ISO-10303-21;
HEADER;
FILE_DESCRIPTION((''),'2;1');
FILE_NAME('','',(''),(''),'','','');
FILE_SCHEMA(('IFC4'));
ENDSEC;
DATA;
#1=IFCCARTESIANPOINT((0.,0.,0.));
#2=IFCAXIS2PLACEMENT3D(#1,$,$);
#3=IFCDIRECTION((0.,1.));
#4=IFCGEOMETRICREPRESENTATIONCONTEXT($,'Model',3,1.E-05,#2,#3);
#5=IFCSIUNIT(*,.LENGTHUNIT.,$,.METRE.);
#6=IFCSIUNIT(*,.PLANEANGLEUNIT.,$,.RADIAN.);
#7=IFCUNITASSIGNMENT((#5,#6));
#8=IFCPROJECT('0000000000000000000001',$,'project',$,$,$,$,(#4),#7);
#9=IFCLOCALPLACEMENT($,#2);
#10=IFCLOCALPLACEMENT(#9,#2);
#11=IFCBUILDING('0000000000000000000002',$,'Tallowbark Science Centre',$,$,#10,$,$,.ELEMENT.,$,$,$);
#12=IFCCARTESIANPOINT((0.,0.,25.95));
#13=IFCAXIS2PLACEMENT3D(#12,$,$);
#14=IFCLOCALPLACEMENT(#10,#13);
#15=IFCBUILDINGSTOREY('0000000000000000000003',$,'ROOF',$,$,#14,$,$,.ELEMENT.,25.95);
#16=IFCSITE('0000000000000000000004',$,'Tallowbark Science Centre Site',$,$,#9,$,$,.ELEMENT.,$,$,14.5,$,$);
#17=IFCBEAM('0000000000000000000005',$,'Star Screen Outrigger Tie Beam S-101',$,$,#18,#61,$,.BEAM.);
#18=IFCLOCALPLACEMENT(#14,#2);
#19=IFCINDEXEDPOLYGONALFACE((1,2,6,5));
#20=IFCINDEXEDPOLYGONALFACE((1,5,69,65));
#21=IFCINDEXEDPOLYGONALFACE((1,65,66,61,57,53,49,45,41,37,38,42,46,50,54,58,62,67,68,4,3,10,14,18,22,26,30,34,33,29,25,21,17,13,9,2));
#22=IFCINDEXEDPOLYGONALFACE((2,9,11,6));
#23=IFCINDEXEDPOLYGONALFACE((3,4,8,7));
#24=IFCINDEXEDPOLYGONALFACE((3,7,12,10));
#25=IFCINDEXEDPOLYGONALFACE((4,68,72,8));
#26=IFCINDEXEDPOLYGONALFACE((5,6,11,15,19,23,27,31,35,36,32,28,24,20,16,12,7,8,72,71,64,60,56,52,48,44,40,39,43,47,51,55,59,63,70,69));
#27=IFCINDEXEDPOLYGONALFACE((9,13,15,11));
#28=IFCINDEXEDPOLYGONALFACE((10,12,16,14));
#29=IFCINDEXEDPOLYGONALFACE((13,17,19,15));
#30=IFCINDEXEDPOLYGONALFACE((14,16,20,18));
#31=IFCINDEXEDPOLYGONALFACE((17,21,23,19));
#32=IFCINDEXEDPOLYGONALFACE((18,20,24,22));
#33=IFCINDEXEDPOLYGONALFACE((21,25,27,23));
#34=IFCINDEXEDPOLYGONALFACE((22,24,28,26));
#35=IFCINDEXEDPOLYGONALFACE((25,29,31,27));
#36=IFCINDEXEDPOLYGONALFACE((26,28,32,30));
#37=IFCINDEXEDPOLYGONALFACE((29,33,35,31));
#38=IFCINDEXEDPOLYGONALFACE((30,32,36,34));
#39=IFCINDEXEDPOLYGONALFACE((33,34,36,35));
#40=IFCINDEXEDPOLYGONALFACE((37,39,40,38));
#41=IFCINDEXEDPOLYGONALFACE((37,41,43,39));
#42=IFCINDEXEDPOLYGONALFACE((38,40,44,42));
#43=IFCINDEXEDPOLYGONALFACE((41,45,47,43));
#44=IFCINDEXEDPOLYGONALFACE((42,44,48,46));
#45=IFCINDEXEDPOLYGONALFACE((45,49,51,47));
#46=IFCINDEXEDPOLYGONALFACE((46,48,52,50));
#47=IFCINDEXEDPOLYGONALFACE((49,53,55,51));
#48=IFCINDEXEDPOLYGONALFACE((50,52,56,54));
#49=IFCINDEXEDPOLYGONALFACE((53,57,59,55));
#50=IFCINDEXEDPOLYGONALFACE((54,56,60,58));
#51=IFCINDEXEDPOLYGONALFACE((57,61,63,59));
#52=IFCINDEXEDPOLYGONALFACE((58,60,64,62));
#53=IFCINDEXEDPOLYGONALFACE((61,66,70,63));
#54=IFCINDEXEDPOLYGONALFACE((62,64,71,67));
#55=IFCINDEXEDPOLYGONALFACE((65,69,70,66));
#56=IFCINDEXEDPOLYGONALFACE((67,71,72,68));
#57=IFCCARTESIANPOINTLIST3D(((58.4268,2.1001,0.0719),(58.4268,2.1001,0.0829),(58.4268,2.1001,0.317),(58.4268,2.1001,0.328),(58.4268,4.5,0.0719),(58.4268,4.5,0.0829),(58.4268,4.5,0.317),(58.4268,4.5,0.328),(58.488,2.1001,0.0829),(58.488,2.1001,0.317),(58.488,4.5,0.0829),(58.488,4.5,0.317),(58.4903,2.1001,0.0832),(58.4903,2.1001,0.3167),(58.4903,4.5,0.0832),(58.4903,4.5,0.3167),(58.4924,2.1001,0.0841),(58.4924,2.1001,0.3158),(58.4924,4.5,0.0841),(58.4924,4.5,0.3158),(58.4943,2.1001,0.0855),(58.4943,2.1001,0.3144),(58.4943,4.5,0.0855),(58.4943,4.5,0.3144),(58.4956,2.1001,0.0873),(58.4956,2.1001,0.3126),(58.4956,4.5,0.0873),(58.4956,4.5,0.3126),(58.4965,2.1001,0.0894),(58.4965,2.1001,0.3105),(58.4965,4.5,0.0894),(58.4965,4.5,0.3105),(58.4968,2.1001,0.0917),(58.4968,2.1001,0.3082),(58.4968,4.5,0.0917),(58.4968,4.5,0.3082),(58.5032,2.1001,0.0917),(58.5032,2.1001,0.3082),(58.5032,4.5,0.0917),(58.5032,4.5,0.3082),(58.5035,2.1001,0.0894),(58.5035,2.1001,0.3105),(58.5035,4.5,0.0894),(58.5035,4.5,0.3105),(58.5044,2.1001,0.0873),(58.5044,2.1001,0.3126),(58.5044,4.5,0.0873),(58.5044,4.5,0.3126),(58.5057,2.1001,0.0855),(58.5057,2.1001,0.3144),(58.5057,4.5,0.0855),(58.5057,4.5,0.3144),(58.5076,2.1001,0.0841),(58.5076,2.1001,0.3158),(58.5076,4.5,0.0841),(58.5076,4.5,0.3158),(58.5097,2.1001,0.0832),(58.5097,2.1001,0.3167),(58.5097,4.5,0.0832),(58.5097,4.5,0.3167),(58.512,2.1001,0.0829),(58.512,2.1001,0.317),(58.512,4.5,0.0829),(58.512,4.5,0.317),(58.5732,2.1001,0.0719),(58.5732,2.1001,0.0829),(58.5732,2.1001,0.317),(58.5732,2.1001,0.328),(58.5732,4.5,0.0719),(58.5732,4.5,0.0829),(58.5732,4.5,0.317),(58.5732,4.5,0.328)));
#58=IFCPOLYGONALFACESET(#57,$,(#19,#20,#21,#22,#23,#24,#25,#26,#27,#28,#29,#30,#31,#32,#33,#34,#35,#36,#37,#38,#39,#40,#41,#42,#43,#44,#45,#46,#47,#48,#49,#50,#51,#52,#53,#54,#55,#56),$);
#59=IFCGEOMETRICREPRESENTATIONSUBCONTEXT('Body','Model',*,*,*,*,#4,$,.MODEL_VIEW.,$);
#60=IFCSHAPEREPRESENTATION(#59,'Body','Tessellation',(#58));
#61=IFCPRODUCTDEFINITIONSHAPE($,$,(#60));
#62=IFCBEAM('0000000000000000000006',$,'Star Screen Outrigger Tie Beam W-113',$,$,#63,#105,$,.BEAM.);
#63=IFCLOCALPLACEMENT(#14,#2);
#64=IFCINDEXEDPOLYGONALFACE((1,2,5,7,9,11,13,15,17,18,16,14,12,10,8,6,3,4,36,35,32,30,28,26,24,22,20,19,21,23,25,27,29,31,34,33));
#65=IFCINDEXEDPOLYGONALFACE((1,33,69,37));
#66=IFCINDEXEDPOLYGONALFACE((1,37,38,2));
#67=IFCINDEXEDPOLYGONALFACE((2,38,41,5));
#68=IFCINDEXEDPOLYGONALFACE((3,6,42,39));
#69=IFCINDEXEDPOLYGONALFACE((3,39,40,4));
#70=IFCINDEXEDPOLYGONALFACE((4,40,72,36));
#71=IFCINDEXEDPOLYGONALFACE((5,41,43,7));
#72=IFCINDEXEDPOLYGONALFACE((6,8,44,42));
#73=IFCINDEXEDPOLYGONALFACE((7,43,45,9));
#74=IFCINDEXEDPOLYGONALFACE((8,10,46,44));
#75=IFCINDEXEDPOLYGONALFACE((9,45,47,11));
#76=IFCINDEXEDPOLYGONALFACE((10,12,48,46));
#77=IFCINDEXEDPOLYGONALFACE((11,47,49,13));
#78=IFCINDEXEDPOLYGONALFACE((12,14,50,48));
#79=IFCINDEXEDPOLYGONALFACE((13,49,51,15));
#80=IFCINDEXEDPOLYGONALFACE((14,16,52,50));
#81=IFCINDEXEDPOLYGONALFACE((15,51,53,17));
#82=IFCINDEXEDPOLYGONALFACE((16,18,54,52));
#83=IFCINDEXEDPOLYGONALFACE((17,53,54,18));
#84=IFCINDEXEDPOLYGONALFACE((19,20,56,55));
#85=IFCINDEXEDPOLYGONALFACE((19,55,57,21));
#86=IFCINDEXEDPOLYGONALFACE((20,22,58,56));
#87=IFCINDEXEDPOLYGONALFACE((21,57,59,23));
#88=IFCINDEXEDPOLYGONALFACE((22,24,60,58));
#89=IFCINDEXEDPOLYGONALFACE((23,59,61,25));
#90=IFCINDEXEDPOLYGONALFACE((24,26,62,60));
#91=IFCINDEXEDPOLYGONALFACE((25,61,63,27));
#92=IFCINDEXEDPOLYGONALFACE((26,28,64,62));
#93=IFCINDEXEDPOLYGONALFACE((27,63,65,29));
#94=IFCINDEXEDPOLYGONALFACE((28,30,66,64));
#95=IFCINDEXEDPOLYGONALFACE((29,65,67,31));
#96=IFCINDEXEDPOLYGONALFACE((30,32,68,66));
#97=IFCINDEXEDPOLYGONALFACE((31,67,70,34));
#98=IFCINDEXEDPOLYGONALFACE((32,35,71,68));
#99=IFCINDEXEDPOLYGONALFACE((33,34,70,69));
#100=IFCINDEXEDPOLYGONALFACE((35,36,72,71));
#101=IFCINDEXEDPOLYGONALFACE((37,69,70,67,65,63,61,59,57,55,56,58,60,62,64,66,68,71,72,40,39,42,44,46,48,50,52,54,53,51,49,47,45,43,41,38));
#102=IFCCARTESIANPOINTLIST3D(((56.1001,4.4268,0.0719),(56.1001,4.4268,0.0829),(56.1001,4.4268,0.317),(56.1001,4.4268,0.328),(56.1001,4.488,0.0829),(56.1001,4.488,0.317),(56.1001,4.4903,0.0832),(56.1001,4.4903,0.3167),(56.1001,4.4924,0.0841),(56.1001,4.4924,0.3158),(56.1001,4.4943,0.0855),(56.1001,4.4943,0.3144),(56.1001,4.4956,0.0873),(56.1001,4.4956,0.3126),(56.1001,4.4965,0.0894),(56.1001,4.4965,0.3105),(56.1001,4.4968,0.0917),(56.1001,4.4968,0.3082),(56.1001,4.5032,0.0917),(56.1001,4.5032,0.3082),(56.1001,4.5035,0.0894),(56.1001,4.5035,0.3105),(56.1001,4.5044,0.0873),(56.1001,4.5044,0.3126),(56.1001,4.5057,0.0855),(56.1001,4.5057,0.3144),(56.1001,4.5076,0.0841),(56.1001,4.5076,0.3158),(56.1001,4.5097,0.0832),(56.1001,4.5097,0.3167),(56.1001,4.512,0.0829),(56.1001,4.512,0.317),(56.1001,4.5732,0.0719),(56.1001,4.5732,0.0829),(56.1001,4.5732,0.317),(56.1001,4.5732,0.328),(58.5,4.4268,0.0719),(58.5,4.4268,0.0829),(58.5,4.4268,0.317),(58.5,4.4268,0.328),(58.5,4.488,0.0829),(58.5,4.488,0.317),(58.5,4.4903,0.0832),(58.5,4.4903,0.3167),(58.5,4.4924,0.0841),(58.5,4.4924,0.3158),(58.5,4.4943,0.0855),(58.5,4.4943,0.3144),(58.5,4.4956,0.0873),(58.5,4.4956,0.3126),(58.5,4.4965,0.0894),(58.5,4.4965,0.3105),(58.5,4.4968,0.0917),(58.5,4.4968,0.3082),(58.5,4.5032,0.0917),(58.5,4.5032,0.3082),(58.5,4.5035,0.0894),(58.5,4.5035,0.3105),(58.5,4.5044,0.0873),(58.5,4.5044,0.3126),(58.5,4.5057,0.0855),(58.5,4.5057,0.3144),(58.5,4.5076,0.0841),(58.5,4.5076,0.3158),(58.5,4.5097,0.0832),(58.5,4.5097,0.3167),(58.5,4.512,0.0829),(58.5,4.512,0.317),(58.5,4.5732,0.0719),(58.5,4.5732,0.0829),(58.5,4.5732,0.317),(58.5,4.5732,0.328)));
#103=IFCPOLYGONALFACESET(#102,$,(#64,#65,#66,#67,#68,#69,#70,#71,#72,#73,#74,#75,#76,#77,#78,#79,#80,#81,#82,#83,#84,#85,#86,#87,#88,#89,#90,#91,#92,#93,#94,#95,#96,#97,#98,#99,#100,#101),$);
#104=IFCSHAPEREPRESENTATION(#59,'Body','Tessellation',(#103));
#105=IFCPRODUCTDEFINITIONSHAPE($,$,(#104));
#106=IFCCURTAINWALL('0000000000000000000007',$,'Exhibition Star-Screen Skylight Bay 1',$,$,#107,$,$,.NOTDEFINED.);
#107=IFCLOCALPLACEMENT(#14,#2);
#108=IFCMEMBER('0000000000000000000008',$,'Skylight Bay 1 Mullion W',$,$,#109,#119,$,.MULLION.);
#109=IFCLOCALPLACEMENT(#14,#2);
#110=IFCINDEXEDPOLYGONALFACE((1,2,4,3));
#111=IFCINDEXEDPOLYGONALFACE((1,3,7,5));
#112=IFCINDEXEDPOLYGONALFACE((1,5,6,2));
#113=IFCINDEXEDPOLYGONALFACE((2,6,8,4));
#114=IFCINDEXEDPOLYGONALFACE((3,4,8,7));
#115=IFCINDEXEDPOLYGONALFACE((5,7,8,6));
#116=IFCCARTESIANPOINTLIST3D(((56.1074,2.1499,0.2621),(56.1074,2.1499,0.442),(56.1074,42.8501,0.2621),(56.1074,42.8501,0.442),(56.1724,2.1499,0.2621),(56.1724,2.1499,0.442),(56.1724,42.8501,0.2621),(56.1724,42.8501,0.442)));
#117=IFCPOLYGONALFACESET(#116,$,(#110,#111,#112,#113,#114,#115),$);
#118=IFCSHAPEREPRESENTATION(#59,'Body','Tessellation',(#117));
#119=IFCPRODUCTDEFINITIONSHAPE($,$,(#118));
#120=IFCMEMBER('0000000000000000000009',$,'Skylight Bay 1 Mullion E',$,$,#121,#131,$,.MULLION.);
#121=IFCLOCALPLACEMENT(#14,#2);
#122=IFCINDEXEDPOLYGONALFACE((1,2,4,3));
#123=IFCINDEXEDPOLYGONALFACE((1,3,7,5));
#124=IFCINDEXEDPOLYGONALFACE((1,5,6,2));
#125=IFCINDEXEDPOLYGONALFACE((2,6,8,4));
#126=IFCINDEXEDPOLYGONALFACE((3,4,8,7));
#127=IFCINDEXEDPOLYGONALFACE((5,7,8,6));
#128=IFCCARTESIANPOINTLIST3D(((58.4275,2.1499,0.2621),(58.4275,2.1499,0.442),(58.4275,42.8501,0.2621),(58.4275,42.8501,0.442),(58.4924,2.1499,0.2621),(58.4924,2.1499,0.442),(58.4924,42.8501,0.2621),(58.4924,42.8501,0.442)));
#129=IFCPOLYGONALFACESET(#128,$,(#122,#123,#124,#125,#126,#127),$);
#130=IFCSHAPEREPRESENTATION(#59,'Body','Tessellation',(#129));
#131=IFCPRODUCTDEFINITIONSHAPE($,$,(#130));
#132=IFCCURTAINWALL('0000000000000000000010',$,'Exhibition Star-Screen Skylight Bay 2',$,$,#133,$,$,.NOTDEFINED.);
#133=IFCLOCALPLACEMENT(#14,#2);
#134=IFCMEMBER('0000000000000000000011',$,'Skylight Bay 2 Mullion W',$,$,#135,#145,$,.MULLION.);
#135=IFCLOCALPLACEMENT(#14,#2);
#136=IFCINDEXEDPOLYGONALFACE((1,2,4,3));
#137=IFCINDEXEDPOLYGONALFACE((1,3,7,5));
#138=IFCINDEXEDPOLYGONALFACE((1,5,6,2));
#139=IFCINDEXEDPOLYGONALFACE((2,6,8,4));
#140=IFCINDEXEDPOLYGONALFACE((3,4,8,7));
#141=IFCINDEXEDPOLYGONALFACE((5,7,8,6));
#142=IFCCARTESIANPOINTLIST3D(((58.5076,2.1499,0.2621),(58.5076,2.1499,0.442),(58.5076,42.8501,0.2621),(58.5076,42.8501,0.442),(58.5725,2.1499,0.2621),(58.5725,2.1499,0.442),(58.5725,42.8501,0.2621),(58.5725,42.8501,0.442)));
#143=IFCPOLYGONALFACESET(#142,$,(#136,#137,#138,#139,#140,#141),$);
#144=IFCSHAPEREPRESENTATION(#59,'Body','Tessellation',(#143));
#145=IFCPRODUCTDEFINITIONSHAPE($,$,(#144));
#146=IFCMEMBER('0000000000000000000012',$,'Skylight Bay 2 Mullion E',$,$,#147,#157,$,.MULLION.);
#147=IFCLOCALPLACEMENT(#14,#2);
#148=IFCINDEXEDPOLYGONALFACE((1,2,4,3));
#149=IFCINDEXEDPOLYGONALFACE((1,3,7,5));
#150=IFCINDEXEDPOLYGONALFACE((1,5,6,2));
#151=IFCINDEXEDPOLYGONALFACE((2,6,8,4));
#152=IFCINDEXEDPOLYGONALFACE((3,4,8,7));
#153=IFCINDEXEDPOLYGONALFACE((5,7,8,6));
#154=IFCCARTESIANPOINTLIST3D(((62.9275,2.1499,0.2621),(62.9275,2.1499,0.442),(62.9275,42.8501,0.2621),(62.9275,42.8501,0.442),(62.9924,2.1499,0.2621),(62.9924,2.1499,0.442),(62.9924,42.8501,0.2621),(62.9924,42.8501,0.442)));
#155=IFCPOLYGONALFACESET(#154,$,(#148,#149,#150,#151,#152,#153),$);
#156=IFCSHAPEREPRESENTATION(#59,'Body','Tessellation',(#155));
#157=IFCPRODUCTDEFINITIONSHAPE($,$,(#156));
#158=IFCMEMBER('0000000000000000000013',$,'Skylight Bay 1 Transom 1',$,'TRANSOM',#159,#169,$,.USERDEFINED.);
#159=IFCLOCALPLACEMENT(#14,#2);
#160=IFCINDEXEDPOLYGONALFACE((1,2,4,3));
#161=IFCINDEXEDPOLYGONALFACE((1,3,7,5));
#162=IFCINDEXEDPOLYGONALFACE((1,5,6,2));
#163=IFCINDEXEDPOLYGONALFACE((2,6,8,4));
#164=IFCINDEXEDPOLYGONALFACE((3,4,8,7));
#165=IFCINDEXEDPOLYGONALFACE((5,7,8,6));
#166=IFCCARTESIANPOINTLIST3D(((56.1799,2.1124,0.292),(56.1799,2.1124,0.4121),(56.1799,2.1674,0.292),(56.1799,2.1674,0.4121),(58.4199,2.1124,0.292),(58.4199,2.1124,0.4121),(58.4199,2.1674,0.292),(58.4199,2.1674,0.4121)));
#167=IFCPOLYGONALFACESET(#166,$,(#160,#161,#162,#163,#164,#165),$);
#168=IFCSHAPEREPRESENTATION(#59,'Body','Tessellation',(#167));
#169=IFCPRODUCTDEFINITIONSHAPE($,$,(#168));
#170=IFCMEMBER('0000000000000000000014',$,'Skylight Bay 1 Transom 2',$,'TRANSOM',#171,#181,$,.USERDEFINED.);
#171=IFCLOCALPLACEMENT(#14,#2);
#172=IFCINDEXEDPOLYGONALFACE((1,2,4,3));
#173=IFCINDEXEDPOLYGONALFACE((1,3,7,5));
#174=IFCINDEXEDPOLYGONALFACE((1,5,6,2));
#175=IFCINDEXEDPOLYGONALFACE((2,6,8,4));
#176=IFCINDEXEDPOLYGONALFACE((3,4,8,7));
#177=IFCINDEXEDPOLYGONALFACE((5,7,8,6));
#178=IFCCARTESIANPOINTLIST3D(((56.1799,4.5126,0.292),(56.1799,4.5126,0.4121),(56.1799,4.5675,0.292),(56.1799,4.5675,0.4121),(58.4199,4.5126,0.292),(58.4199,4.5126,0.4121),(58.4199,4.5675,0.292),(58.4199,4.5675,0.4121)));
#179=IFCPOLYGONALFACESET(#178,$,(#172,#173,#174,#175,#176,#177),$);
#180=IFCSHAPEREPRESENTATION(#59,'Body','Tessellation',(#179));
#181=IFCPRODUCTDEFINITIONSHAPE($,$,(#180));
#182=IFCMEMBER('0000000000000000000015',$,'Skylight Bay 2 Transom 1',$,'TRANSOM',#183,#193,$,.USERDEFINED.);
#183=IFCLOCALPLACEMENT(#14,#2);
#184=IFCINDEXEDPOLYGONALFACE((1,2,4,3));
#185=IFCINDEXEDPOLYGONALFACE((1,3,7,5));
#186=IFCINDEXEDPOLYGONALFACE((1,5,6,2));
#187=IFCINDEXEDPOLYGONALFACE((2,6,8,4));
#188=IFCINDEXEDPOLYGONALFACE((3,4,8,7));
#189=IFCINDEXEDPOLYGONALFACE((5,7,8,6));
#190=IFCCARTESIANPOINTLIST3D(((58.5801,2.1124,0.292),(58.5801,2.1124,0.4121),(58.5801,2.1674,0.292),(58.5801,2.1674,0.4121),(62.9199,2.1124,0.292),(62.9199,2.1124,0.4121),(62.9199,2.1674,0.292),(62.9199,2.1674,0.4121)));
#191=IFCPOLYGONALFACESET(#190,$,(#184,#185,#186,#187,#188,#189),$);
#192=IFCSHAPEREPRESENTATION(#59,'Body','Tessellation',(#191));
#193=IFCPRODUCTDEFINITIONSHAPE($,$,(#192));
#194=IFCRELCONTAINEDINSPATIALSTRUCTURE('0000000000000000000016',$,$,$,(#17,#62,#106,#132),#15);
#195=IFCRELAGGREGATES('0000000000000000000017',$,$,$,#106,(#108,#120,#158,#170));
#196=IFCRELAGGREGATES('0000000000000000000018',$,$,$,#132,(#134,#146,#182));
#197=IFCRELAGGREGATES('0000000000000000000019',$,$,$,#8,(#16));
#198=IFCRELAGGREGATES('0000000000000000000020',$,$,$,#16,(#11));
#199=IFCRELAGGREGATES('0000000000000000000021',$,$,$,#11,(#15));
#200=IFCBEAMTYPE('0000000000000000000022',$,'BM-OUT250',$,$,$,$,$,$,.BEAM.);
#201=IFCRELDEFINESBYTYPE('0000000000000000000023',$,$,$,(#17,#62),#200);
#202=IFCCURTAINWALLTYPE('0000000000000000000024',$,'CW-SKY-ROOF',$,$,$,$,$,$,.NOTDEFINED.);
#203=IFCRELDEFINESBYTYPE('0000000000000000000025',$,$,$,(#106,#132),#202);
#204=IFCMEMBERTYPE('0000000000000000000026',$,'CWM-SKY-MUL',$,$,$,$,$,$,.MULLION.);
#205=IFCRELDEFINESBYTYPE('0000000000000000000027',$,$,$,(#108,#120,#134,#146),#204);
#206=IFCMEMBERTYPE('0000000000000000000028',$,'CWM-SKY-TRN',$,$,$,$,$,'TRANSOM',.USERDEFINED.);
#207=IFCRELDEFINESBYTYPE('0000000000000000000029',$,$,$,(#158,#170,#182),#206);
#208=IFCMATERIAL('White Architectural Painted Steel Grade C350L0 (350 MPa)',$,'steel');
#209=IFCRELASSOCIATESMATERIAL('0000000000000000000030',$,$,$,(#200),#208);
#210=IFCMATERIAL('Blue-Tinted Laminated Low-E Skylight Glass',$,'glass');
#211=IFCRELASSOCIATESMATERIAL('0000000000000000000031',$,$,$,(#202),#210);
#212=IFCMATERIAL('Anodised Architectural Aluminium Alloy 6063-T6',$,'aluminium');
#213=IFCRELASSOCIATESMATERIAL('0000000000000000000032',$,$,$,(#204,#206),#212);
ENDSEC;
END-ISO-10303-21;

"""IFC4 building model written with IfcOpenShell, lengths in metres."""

from ifc_helpers import new_model, si_unit, direction, frame, origin, origin_2d, place, context, subcontext, project, spatial, rectangle, i_section, extrude, material, material_profile, profile_set, type_object, element, aggregate, save


model = new_model("IFC4")

# Units and contexts
model_context = context("Model", 3, precision=1e-05, world=origin(), true_north=direction((0.0, 1.0)))
body_context = subcontext(model_context, "Body", "Model", "MODEL_VIEW")
ifc_project = project(units=[si_unit("LENGTHUNIT", "METRE"), si_unit("PLANEANGLEUNIT", "RADIAN")], contexts=[model_context])

# Site, building, storey
site_placement = place(None, origin())
site = spatial("IfcSite", under=ifc_project, at=site_placement, Name="Tallowbark Science Centre Site", CompositionType="ELEMENT", RefElevation=14.5)
building_placement = place(site_placement, origin())
building = spatial("IfcBuilding", under=site, at=building_placement, Name="Tallowbark Science Centre", CompositionType="ELEMENT")
storey_placement = place(building_placement, frame((0.0, 0.0, 25.95)))
storey = spatial("IfcBuildingStorey", under=building, at=storey_placement, Name="ROOF", CompositionType="ELEMENT", Elevation=25.95)

# Beams
ifc_material_1 = material(Name="White Architectural Painted Steel Grade C350L0 (350 MPa)", Category="steel")
ifc_material_profile_1 = material_profile(ifc_material_1, i_section(OverallWidth=0.1465, OverallDepth=0.2561, WebThickness=0.0063, FlangeThickness=0.011, FilletRadius=0.0088, at=origin_2d()), Name="250UB37.3")
ifc_profile_set_1 = profile_set([ifc_material_profile_1], Name="White Architectural Painted Steel Grade C350L0 (350 MPa)")
beam_type = type_object("IfcBeamType", Name="BM-OUT250", PredefinedType="BEAM", material=ifc_profile_set_1)
for number, where, z_axis, x_axis, name in (
    (1, (58.5, 4.5, 0.2), (0.0, -1.0, 0.0), (1.0, 0.0, 0.0), "Star Screen Outrigger Tie Beam S-101"),
    (2, (58.5, 4.5, 0.2), (-1.0, 0.0, 0.0), (0.0, -1.0, 0.0), "Star Screen Outrigger Tie Beam W-113"),
):
    element("IfcBeam", number, at=place(storey_placement, frame(where, z_axis=z_axis, x_axis=x_axis)), inside=storey, type_object=beam_type, Name=name, PredefinedType="BEAM", context=body_context, shape_type="SweptSolid", body=[
        extrude(i_section(OverallWidth=0.1465, OverallDepth=0.2561, WebThickness=0.0063, FlangeThickness=0.011, FilletRadius=0.0088, at=origin_2d()), origin(), (0.0, 0.0, 1.0), 2.3999),
    ])

# Curtain walls, members
ifc_material_2 = material(Name="Blue-Tinted Laminated Low-E Skylight Glass", Category="glass")
curtain_wall_type = type_object("IfcCurtainWallType", Name="CW-SKY-ROOF", PredefinedType="NOTDEFINED", material=ifc_material_2)
curtain_wall_1_placement = place(storey_placement, origin())
curtain_wall_1 = element("IfcCurtainWall", 3, at=curtain_wall_1_placement, inside=storey, type_object=curtain_wall_type, Name="Exhibition Star-Screen Skylight Bay 1", PredefinedType="NOTDEFINED")
ifc_material_3 = material(Name="Anodised Architectural Aluminium Alloy 6063-T6", Category="aluminium")
ifc_material_profile_2 = material_profile(ifc_material_3, rectangle(XDim=0.0649, YDim=0.1799, at=origin_2d()), Name="ALU65x180")
ifc_profile_set_2 = profile_set([ifc_material_profile_2], Name="Anodised Architectural Aluminium Alloy 6063-T6")
member_type_1 = type_object("IfcMemberType", Name="CWM-SKY-MUL", PredefinedType="MULLION", material=ifc_profile_set_2)
member_1_placement = place(storey_placement, frame((56.1399, 2.1499, 0.3521), z_axis=(0.0, 1.0, 0.0), x_axis=(-1.0, 0.0, 0.0)))
member_1 = element("IfcMember", 4, at=member_1_placement, type_object=member_type_1, Name="Skylight Bay 1 Mullion W", PredefinedType="MULLION", context=body_context, shape_type="SweptSolid", body=[
    extrude(rectangle(XDim=0.0649, YDim=0.1799, at=origin_2d()), origin(), (0.0, 0.0, 1.0), 40.7002),
])
member_2_placement = place(storey_placement, frame((58.46, 2.1499, 0.3521), z_axis=(0.0, 1.0, 0.0), x_axis=(-1.0, 0.0, 0.0)))
member_2 = element("IfcMember", 5, at=member_2_placement, type_object=member_type_1, Name="Skylight Bay 1 Mullion E", PredefinedType="MULLION", context=body_context, shape_type="SweptSolid", body=[
    extrude(rectangle(XDim=0.0649, YDim=0.1799, at=origin_2d()), origin(), (0.0, 0.0, 1.0), 40.7002),
])
curtain_wall_2_placement = place(storey_placement, origin())
curtain_wall_2 = element("IfcCurtainWall", 6, at=curtain_wall_2_placement, inside=storey, type_object=curtain_wall_type, Name="Exhibition Star-Screen Skylight Bay 2", PredefinedType="NOTDEFINED")
member_3_placement = place(storey_placement, frame((58.54, 2.1499, 0.3521), z_axis=(0.0, 1.0, 0.0), x_axis=(-1.0, 0.0, 0.0)))
member_3 = element("IfcMember", 7, at=member_3_placement, type_object=member_type_1, Name="Skylight Bay 2 Mullion W", PredefinedType="MULLION", context=body_context, shape_type="SweptSolid", body=[
    extrude(rectangle(XDim=0.0649, YDim=0.1799, at=origin_2d()), origin(), (0.0, 0.0, 1.0), 40.7002),
])
member_4_placement = place(storey_placement, frame((62.96, 2.1499, 0.3521), z_axis=(0.0, 1.0, 0.0), x_axis=(-1.0, 0.0, 0.0)))
member_4 = element("IfcMember", 8, at=member_4_placement, type_object=member_type_1, Name="Skylight Bay 2 Mullion E", PredefinedType="MULLION", context=body_context, shape_type="SweptSolid", body=[
    extrude(rectangle(XDim=0.0649, YDim=0.1799, at=origin_2d()), origin(), (0.0, 0.0, 1.0), 40.7002),
])

# Members
ifc_material_profile_3 = material_profile(ifc_material_3, rectangle(XDim=0.0549, YDim=0.1201, at=origin_2d()), Name="ALU55x120")
ifc_profile_set_3 = profile_set([ifc_material_profile_3], Name="Anodised Architectural Aluminium Alloy 6063-T6")
member_type_2 = type_object("IfcMemberType", Name="CWM-SKY-TRN", ElementType="TRANSOM", PredefinedType="USERDEFINED", material=ifc_profile_set_3)
member_5_placement = place(storey_placement, frame((56.1799, 2.1399, 0.3521), z_axis=(1.0, 0.0, 0.0), x_axis=(0.0, 1.0, 0.0)))
member_5 = element("IfcMember", 9, at=member_5_placement, type_object=member_type_2, Name="Skylight Bay 1 Transom 1", ObjectType="TRANSOM", PredefinedType="USERDEFINED", context=body_context, shape_type="SweptSolid", body=[
    extrude(rectangle(XDim=0.0549, YDim=0.1201, at=origin_2d()), origin(), (0.0, 0.0, 1.0), 2.24),
])
member_6_placement = place(storey_placement, frame((56.1799, 4.54, 0.3521), z_axis=(1.0, 0.0, 0.0), x_axis=(0.0, 1.0, 0.0)))
member_6 = element("IfcMember", 10, at=member_6_placement, type_object=member_type_2, Name="Skylight Bay 1 Transom 2", ObjectType="TRANSOM", PredefinedType="USERDEFINED", context=body_context, shape_type="SweptSolid", body=[
    extrude(rectangle(XDim=0.0549, YDim=0.1201, at=origin_2d()), origin(), (0.0, 0.0, 1.0), 2.24),
])
member_7_placement = place(storey_placement, frame((58.5801, 2.1399, 0.3521), z_axis=(1.0, 0.0, 0.0), x_axis=(0.0, 1.0, 0.0)))
member_7 = element("IfcMember", 11, at=member_7_placement, type_object=member_type_2, Name="Skylight Bay 2 Transom 1", ObjectType="TRANSOM", PredefinedType="USERDEFINED", context=body_context, shape_type="SweptSolid", body=[
    extrude(rectangle(XDim=0.0549, YDim=0.1201, at=origin_2d()), origin(), (0.0, 0.0, 1.0), 4.3398),
])

aggregate(curtain_wall_1, [member_1, member_2, member_5, member_6])
aggregate(curtain_wall_2, [member_3, member_4, member_7])

save(model, "model.ifc")
